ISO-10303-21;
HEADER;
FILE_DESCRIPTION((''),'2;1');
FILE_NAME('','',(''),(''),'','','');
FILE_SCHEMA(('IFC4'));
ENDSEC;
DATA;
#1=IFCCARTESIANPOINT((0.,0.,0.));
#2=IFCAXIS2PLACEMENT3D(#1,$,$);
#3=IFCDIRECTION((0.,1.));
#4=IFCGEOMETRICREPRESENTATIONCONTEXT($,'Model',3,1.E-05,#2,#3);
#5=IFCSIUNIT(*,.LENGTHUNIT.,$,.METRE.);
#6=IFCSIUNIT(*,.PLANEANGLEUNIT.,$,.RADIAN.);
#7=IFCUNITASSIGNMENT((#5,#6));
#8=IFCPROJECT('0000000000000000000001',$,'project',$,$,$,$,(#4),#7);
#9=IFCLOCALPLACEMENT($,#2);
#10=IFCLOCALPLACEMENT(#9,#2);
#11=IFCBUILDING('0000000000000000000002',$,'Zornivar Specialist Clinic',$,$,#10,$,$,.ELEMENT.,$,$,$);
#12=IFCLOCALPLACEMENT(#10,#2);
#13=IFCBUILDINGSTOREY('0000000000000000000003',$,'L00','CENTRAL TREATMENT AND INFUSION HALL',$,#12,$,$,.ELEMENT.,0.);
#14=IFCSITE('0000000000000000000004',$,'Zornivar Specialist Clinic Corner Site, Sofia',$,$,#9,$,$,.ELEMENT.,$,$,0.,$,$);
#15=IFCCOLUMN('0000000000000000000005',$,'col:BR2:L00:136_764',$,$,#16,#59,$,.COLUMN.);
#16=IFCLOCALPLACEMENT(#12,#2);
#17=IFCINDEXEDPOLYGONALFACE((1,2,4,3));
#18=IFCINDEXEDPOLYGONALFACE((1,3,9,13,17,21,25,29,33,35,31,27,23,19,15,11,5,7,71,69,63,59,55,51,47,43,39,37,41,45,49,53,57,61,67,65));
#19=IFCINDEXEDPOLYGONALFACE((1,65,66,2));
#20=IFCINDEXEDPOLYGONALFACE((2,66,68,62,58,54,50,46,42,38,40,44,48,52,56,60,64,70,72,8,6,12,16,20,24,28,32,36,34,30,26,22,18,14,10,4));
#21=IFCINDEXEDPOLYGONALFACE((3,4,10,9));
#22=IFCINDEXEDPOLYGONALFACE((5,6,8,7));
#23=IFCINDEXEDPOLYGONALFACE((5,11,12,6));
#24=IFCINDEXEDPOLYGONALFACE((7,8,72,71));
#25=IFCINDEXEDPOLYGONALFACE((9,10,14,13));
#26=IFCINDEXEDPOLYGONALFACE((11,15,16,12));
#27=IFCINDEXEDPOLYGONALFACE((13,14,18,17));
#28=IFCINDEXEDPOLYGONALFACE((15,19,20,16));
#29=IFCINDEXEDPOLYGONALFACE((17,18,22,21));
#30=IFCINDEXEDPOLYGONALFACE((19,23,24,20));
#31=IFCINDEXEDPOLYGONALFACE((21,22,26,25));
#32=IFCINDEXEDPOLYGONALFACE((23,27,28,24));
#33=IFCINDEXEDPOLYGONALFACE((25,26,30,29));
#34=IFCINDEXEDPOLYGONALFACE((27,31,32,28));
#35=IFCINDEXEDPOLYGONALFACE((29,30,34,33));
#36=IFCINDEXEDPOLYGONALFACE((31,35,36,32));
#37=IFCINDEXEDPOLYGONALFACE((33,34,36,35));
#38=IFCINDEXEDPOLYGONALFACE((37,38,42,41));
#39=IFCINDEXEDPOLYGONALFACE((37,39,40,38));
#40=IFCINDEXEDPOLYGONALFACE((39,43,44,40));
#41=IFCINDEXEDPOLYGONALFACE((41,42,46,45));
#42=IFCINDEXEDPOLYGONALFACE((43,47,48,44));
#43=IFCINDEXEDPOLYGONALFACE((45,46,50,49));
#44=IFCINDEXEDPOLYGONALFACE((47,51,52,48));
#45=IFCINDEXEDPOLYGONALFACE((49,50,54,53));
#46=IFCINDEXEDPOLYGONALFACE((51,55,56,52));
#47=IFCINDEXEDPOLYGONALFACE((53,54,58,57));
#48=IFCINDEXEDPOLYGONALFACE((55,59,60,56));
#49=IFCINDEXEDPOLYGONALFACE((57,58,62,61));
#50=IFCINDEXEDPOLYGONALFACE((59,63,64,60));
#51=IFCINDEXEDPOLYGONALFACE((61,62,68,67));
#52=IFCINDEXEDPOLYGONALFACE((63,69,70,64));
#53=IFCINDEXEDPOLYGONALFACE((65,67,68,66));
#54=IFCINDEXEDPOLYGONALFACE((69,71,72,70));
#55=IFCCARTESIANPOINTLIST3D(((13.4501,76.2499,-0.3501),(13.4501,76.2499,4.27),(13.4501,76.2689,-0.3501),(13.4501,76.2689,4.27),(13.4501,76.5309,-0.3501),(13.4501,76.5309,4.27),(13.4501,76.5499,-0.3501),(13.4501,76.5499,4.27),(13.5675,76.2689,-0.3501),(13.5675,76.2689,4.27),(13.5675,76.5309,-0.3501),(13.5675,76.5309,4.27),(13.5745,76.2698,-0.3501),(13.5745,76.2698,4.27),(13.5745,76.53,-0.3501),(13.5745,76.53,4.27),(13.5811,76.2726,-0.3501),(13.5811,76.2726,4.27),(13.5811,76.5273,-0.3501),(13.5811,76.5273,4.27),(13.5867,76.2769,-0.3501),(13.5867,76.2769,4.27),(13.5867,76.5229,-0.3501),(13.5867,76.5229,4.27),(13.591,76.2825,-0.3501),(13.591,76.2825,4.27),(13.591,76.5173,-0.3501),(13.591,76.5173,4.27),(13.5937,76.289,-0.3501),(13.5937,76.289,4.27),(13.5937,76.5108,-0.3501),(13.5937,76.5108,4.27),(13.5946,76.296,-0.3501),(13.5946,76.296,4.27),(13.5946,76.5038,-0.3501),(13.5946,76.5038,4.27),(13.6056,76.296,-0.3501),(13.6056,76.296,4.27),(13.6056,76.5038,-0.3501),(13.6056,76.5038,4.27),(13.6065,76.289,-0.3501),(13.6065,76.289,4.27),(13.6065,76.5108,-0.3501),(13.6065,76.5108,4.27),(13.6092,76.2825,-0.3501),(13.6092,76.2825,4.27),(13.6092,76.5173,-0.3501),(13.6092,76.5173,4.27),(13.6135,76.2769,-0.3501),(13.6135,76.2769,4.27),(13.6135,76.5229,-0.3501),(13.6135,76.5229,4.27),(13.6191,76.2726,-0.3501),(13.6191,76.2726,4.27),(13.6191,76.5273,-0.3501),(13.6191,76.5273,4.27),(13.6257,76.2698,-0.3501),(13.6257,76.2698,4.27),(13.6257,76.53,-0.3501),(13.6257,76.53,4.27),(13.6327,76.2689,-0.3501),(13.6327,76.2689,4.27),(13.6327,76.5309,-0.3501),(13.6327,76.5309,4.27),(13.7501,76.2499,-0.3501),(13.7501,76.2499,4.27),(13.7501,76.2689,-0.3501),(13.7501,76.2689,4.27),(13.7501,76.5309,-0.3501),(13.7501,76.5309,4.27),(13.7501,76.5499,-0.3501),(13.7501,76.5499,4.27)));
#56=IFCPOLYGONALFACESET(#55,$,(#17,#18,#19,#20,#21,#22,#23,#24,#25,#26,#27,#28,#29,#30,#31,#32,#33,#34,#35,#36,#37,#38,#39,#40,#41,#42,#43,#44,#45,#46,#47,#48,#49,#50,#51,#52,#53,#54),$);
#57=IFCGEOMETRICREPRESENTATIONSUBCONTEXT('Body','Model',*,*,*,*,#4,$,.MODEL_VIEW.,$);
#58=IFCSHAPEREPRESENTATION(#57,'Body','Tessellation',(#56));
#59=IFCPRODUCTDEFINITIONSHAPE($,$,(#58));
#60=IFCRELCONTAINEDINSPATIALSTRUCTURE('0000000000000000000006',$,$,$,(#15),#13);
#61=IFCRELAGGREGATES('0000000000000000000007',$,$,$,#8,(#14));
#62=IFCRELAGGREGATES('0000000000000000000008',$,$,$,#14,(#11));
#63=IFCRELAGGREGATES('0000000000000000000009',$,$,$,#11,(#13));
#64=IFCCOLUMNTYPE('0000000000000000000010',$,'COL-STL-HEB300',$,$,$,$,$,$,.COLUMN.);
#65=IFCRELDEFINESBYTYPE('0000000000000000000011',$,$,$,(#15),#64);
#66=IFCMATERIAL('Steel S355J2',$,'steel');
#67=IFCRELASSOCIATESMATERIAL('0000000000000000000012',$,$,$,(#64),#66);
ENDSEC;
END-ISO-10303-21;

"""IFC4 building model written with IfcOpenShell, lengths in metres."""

from ifc_helpers import new_model, si_unit, direction, frame, origin, origin_2d, place, context, subcontext, project, spatial, i_section, extrude, material, material_profile, profile_set, type_object, element, save


model = new_model("IFC4")

# Units and contexts
model_context = context("Model", 3, precision=1e-05, world=origin(), true_north=direction((0.0, 1.0)))
body_context = subcontext(model_context, "Body", "Model", "MODEL_VIEW")
ifc_project = project(units=[si_unit("LENGTHUNIT", "METRE"), si_unit("PLANEANGLEUNIT", "RADIAN")], contexts=[model_context])

# Site, building, storey
site_placement = place(None, origin())
site = spatial("IfcSite", under=ifc_project, at=site_placement, Name="Zornivar Specialist Clinic Corner Site, Sofia", CompositionType="ELEMENT", RefElevation=0.0)
building_placement = place(site_placement, origin())
building = spatial("IfcBuilding", under=site, at=building_placement, Name="Zornivar Specialist Clinic", CompositionType="ELEMENT")
storey_placement = place(building_placement, origin())
storey = spatial("IfcBuildingStorey", under=building, at=storey_placement, Name="L00", Description="CENTRAL TREATMENT AND INFUSION HALL", CompositionType="ELEMENT", Elevation=0.0)

# Column
ifc_material_1 = material(Name="Steel S355J2", Category="steel")
ifc_material_profile_1 = material_profile(ifc_material_1, i_section(OverallWidth=0.3, OverallDepth=0.3, WebThickness=0.011, FlangeThickness=0.019, FilletRadius=0.0271, at=origin_2d()), Name="HEB 300")
ifc_profile_set_1 = profile_set([ifc_material_profile_1], Name="Steel S355J2")
column_type = type_object("IfcColumnType", Name="COL-STL-HEB300", PredefinedType="COLUMN", material=ifc_profile_set_1)
for number, where, z_axis, x_axis, name in (
    (1, (13.6001, 76.3999, -0.3501), (0.0, 0.0, 1.0), (1.0, 0.0, 0.0), "col:BR2:L00:136_764"),
):
    element("IfcColumn", number, at=place(storey_placement, frame(where, z_axis=z_axis, x_axis=x_axis)), inside=storey, type_object=column_type, Name=name, PredefinedType="COLUMN", context=body_context, shape_type="SweptSolid", body=[
        extrude(i_section(OverallWidth=0.3, OverallDepth=0.3, WebThickness=0.011, FlangeThickness=0.019, FilletRadius=0.0271, at=origin_2d()), origin(), (0.0, 0.0, 1.0), 4.6201),
    ])

save(model, "model.ifc")
